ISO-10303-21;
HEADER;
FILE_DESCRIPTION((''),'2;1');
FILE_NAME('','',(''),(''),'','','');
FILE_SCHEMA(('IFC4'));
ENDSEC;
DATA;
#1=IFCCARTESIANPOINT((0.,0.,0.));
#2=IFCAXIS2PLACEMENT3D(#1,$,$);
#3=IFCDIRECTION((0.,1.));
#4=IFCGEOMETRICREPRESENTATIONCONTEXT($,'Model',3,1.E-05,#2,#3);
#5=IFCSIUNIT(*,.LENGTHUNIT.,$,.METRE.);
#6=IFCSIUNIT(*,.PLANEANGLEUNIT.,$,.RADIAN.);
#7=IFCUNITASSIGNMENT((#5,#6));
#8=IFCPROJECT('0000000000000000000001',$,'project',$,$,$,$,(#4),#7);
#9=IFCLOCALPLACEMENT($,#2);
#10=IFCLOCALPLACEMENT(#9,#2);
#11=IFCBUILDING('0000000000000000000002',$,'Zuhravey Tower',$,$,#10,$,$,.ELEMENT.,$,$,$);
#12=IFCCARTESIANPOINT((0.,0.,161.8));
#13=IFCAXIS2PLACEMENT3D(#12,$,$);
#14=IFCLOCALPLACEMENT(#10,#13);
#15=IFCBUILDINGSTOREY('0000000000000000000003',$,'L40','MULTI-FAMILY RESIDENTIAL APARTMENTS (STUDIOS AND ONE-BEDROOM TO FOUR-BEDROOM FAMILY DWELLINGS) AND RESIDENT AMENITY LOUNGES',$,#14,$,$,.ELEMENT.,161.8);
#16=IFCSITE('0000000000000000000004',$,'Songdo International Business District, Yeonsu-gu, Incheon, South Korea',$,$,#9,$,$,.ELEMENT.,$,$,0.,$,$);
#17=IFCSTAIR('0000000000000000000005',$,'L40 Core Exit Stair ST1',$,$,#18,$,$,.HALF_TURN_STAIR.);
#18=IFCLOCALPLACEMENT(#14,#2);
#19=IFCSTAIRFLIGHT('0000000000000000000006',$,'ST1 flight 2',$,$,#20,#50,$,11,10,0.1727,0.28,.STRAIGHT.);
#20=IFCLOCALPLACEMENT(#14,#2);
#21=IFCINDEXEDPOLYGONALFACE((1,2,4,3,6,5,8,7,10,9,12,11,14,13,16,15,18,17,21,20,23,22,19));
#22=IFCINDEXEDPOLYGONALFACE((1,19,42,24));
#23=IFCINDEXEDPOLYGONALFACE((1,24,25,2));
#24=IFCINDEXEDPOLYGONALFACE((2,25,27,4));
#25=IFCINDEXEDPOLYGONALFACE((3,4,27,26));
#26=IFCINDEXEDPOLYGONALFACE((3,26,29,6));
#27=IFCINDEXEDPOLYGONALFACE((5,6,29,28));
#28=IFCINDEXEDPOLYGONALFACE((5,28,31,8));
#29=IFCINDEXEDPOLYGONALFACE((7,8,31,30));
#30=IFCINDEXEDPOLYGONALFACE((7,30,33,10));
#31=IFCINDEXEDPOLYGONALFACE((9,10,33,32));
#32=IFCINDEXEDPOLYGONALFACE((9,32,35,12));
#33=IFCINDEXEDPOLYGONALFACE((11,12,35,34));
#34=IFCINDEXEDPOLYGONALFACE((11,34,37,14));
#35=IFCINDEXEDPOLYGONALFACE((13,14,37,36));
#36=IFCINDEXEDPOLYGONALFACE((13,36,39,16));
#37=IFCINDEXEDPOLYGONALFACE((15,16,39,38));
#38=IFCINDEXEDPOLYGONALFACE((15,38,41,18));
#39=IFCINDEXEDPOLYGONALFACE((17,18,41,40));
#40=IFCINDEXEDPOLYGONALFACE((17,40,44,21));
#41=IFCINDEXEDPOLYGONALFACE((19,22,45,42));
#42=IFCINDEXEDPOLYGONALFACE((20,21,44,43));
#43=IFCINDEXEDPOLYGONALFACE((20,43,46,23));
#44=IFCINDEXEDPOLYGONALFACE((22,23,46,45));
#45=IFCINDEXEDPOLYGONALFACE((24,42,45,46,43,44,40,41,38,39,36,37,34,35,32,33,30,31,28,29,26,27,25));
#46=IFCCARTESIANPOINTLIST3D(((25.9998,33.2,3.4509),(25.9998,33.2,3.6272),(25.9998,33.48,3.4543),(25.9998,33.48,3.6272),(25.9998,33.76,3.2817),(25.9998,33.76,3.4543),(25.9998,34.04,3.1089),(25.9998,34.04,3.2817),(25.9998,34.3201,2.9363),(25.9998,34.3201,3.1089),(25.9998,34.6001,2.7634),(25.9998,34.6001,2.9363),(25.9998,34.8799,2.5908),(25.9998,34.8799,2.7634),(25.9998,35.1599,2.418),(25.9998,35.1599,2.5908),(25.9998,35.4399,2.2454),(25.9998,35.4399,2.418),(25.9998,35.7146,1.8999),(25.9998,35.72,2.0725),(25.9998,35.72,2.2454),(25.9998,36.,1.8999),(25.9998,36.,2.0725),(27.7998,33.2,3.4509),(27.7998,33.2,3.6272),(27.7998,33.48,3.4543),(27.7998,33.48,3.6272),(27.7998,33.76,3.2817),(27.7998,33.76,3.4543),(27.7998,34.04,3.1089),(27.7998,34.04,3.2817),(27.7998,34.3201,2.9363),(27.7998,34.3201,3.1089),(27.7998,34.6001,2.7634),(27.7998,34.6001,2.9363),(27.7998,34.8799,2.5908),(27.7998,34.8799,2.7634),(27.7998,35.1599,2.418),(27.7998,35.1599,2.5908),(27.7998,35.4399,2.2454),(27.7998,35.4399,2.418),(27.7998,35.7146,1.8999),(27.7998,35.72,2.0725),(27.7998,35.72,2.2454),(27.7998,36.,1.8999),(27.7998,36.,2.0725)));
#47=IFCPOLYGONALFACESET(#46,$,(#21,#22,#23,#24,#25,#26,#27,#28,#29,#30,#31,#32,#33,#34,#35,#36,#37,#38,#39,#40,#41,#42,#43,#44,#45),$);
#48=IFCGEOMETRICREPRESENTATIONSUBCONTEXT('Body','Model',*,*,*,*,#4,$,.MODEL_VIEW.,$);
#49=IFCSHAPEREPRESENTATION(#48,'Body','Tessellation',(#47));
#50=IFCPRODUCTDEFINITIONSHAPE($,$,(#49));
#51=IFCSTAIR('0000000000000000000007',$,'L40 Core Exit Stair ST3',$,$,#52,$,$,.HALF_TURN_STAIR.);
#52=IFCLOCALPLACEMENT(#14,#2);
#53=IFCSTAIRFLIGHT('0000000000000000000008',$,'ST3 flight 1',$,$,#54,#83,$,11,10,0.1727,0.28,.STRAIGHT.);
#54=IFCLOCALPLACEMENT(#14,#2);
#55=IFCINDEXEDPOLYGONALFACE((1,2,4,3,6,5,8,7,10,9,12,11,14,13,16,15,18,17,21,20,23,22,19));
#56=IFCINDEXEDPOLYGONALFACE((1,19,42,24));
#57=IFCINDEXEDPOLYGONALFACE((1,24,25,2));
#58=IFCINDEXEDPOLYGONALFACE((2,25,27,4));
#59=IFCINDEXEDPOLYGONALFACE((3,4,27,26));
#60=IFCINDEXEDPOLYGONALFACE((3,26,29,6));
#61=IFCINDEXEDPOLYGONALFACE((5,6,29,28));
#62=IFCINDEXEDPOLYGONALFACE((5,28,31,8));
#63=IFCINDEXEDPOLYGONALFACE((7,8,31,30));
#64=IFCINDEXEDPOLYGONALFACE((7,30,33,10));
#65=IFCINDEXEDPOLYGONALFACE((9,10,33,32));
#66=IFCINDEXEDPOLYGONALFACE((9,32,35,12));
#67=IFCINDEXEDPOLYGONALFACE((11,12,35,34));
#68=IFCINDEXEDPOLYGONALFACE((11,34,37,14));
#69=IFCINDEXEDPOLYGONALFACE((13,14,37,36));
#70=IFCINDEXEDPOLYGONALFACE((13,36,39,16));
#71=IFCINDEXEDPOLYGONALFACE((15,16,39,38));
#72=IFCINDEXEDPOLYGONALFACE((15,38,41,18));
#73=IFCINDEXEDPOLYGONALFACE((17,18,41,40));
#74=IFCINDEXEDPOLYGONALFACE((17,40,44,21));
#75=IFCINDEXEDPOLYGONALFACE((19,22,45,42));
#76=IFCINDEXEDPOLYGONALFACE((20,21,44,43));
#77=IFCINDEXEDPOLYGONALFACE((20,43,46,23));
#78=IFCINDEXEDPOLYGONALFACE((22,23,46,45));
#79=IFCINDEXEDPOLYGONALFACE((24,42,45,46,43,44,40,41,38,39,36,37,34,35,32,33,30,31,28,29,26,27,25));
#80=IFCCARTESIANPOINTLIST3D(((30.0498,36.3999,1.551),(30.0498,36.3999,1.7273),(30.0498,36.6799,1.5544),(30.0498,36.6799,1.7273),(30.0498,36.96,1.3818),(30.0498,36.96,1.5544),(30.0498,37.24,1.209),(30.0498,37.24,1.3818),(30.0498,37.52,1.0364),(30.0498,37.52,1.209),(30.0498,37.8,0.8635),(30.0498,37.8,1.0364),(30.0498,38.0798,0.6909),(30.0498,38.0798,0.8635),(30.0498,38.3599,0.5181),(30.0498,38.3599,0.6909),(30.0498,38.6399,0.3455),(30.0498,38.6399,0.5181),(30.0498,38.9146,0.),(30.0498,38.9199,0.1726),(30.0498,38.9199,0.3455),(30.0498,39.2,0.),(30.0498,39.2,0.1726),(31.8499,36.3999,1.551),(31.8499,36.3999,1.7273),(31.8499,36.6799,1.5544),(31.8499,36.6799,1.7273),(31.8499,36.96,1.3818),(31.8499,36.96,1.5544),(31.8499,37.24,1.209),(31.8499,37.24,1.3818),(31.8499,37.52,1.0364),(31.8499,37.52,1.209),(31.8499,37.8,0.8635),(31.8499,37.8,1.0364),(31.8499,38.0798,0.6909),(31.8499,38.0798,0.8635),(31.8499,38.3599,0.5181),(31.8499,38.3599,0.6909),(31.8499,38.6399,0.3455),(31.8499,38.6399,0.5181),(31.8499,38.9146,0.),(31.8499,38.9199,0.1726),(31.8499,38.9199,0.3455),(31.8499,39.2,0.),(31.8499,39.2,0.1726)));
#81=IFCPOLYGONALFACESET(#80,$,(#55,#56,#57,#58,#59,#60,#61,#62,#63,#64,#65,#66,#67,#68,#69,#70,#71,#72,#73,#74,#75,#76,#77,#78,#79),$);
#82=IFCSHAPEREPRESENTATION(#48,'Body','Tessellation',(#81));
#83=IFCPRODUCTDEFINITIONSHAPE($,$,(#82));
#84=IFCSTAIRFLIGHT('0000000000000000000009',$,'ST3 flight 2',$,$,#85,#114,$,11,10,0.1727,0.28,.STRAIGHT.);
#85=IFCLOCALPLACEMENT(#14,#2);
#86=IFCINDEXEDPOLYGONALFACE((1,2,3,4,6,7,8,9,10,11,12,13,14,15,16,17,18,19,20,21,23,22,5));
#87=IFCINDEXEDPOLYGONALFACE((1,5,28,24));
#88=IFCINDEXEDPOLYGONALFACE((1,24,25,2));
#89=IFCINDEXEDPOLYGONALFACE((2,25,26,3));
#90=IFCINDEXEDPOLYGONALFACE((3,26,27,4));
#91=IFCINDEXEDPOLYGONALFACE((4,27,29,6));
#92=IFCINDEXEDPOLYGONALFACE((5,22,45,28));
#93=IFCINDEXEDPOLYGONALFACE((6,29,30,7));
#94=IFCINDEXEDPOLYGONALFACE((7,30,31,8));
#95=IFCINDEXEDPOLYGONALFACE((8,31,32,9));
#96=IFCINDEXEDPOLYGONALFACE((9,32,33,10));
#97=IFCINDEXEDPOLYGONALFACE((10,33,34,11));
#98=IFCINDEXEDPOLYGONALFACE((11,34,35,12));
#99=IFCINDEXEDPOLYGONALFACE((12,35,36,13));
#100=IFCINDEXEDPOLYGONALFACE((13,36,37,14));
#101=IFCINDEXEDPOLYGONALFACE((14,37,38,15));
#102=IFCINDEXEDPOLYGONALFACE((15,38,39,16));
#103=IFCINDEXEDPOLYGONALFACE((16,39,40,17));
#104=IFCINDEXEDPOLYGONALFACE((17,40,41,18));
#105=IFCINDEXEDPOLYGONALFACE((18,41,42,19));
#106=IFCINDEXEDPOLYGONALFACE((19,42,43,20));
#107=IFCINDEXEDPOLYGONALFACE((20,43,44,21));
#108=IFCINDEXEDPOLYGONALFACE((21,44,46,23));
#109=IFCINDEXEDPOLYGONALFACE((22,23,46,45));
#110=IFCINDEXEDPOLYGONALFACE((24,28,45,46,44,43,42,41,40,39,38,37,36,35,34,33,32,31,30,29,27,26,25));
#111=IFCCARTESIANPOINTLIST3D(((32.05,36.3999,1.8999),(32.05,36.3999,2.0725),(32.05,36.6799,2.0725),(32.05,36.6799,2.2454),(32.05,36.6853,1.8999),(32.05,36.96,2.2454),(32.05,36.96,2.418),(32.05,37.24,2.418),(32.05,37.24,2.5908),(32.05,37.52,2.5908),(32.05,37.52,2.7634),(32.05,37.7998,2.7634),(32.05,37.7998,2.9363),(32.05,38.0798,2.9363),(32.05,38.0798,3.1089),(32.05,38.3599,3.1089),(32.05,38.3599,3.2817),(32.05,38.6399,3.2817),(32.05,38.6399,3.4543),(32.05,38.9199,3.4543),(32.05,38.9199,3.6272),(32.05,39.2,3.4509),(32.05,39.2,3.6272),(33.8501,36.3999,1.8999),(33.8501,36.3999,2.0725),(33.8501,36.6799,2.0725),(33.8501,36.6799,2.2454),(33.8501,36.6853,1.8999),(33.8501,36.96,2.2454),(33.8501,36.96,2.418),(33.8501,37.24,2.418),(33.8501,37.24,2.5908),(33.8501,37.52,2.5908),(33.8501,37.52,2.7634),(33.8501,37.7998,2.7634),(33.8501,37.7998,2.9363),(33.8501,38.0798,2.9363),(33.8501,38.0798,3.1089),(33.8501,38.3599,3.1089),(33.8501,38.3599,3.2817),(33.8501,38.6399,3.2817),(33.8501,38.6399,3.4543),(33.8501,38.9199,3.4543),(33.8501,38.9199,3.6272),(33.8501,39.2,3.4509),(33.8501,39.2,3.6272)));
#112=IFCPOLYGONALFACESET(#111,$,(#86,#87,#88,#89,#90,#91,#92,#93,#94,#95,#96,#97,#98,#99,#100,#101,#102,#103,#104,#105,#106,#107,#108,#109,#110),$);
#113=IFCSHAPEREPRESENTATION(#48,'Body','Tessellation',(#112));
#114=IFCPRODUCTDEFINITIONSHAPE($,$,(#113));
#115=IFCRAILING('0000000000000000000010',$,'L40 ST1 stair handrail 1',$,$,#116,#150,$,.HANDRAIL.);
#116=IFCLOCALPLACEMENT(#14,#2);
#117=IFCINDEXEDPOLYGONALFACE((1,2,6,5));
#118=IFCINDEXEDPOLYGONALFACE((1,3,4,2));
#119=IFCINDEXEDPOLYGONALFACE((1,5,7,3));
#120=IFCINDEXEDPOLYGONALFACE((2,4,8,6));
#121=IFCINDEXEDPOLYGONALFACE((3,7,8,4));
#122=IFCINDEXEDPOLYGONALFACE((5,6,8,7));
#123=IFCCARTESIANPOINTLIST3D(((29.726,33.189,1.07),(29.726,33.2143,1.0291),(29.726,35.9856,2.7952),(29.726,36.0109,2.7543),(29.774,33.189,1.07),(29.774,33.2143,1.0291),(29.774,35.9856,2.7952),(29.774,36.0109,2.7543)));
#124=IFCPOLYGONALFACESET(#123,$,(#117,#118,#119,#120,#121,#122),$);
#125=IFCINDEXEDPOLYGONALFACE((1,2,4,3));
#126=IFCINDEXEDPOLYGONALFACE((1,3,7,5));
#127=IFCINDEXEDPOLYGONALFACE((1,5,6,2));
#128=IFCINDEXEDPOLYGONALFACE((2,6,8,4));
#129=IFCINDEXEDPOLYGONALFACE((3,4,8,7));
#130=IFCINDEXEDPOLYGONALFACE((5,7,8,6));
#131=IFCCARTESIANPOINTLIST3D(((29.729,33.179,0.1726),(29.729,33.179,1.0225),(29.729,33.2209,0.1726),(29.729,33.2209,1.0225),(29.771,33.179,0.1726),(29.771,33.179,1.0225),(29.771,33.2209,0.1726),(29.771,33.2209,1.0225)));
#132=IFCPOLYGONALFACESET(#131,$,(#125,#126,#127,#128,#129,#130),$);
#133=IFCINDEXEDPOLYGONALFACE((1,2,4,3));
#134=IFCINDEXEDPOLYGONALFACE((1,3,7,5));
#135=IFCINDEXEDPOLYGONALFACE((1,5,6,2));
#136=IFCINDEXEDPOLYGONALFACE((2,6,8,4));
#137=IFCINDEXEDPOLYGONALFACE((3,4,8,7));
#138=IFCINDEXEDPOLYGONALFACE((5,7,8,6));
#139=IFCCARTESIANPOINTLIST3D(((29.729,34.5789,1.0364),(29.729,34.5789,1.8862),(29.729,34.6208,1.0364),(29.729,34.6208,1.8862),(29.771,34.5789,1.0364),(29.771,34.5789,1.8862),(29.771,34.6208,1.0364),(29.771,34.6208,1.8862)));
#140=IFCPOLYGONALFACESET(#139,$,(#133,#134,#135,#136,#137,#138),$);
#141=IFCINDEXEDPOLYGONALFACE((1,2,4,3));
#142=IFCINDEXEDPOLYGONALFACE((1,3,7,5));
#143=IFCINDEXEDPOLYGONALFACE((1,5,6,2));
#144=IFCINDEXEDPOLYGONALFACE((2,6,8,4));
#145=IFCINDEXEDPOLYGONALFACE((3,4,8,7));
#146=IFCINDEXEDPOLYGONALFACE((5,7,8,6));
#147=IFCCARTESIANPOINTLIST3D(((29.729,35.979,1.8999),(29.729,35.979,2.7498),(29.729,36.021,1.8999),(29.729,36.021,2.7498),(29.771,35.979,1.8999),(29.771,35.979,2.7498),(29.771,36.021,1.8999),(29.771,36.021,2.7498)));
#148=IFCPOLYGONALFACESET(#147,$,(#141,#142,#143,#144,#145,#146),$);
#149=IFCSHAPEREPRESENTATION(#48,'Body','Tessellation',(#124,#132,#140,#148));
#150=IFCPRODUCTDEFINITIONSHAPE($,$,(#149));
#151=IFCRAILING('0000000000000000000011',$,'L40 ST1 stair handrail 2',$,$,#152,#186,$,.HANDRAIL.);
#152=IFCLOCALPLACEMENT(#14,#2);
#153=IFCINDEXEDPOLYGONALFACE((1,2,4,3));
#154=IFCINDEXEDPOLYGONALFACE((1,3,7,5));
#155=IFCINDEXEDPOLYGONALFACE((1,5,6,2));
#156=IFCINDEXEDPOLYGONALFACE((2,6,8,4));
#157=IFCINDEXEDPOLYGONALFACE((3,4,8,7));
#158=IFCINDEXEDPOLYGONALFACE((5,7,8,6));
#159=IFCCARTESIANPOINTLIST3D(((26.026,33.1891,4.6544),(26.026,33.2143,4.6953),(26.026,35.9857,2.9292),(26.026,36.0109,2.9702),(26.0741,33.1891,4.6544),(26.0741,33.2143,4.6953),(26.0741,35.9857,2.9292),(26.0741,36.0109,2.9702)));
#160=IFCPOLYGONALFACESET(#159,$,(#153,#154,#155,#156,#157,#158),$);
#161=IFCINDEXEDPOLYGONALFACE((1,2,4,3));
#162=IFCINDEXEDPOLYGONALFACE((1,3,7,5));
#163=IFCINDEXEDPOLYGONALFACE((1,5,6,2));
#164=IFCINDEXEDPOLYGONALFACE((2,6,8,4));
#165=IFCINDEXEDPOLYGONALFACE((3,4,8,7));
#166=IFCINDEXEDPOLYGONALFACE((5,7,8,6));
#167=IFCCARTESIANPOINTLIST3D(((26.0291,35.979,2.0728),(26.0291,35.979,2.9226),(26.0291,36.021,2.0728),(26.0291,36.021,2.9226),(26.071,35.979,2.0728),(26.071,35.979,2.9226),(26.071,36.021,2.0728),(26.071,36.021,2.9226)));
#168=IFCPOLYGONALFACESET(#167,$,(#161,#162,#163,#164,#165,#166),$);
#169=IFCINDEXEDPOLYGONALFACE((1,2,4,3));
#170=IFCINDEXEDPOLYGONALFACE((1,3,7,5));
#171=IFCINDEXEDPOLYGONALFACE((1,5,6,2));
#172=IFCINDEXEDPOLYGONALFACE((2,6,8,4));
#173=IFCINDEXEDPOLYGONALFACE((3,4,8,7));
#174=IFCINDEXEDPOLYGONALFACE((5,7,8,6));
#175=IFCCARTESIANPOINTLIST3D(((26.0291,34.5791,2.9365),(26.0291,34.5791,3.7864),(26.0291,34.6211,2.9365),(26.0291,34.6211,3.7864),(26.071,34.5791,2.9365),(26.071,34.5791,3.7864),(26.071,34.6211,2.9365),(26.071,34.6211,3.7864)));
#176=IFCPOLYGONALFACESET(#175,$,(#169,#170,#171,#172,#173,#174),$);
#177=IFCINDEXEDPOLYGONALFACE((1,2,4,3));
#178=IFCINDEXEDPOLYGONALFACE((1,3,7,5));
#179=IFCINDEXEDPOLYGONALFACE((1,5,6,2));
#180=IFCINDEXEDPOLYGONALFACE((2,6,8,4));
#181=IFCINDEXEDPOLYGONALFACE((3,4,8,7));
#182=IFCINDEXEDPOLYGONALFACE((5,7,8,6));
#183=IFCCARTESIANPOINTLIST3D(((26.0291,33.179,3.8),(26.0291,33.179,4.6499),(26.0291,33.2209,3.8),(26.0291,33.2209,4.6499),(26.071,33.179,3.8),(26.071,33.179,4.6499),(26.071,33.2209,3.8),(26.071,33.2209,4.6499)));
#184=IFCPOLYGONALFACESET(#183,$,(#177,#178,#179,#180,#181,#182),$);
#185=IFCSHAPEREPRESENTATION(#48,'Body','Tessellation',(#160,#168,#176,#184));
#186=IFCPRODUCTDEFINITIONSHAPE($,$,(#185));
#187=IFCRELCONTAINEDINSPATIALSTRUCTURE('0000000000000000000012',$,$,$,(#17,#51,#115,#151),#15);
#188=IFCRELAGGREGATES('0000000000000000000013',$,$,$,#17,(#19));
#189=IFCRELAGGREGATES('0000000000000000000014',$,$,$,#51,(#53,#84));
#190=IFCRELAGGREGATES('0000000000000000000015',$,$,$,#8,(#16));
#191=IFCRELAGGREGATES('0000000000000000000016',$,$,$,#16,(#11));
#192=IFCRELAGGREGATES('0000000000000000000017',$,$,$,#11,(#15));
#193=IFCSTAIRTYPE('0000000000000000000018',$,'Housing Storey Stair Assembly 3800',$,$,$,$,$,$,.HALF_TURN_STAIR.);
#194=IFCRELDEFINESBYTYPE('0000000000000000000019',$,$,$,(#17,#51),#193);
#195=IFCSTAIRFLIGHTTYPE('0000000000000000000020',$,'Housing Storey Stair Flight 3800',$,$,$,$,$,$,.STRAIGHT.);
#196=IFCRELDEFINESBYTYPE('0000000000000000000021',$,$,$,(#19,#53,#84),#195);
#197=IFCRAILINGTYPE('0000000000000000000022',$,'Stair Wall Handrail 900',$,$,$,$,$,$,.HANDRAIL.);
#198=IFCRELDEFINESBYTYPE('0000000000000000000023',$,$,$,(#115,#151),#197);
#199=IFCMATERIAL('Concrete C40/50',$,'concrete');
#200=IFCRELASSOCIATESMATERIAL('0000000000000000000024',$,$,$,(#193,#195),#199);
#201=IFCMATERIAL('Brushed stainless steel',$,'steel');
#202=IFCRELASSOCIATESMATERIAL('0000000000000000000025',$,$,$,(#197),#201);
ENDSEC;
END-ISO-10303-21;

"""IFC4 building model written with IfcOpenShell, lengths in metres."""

from ifc_helpers import new_model, si_unit, direction, frame, origin, origin_2d, place, context, subcontext, project, spatial, polyline, rectangle, outline, extrude, material, type_object, element, aggregate, save


model = new_model("IFC4")

# Units and contexts
model_context = context("Model", 3, precision=1e-05, world=origin(), true_north=direction((0.0, 1.0)))
body_context = subcontext(model_context, "Body", "Model", "MODEL_VIEW")
ifc_project = project(units=[si_unit("LENGTHUNIT", "METRE"), si_unit("PLANEANGLEUNIT", "RADIAN")], contexts=[model_context])

# Site, building, storey
site_placement = place(None, origin())
site = spatial("IfcSite", under=ifc_project, at=site_placement, Name="Songdo International Business District, Yeonsu-gu, Incheon, South Korea", CompositionType="ELEMENT", RefElevation=0.0)
building_placement = place(site_placement, origin())
building = spatial("IfcBuilding", under=site, at=building_placement, Name="Zuhravey Tower", CompositionType="ELEMENT")
storey_placement = place(building_placement, frame((0.0, 0.0, 161.8)))
storey = spatial("IfcBuildingStorey", under=building, at=storey_placement, Name="L40", Description="MULTI-FAMILY RESIDENTIAL APARTMENTS (STUDIOS AND ONE-BEDROOM TO FOUR-BEDROOM FAMILY DWELLINGS) AND RESIDENT AMENITY LOUNGES", CompositionType="ELEMENT", Elevation=161.8)

# Stairs, stair flights
ifc_material_1 = material(Name="Concrete C40/50", Category="concrete")
stair_type = type_object("IfcStairType", Name="Housing Storey Stair Assembly 3800", PredefinedType="HALF_TURN_STAIR", material=ifc_material_1)
stair_1_placement = place(storey_placement, origin())
stair_1 = element("IfcStair", 1, at=stair_1_placement, inside=storey, type_object=stair_type, Name="L40 Core Exit Stair ST1", PredefinedType="HALF_TURN_STAIR")
stair_flight_type = type_object("IfcStairFlightType", Name="Housing Storey Stair Flight 3800", PredefinedType="STRAIGHT", material=ifc_material_1)
stair_flight_1_placement = place(storey_placement, frame((26.8999, 36.0, 1.8999), z_axis=(0.0, 0.0, 1.0), x_axis=(0.0, -1.0, 0.0)))
stair_flight_1 = element("IfcStairFlight", 2, at=stair_flight_1_placement, type_object=stair_flight_type, Name="ST1 flight 2", NumberOfRisers=11, NumberOfTreads=10, PredefinedType="STRAIGHT", RiserHeight=0.1727, TreadLength=0.28, context=body_context, shape_type="SweptSolid", body=[
    extrude(outline(polyline([(0.0, 0.0), (0.0, 0.1726), (0.28, 0.1726), (0.28, 0.3455), (0.5601, 0.3455), (0.5601, 0.5181), (0.8401, 0.5181), (0.8401, 0.6909), (1.1201, 0.6909), (1.1201, 0.8635), (1.3999, 0.8635), (1.3999, 1.0364), (1.6799, 1.0364), (1.6799, 1.209), (1.96, 1.209), (1.96, 1.3818), (2.24, 1.3818), (2.24, 1.5544), (2.52, 1.5544), (2.52, 1.7273), (2.8, 1.7273), (2.8, 1.8999), (2.8, 1.551), (0.2854, 0.0), (0.0, 0.0)])), frame((0.0, 0.8999, 0.0), z_axis=(0.0, -1.0, 0.0), x_axis=(1.0, 0.0, 0.0)), (0.0, 0.0, 1.0), 1.8),
])
aggregate(stair_1, [stair_flight_1])
stair_2_placement = place(storey_placement, origin())
stair_2 = element("IfcStair", 3, at=stair_2_placement, inside=storey, type_object=stair_type, Name="L40 Core Exit Stair ST3", PredefinedType="HALF_TURN_STAIR")
stair_flight_2_placement = place(storey_placement, frame((30.95, 39.2, 0.0), z_axis=(0.0, 0.0, 1.0), x_axis=(0.0, -1.0, 0.0)))
stair_flight_2 = element("IfcStairFlight", 4, at=stair_flight_2_placement, type_object=stair_flight_type, Name="ST3 flight 1", NumberOfRisers=11, NumberOfTreads=10, PredefinedType="STRAIGHT", RiserHeight=0.1727, TreadLength=0.28, context=body_context, shape_type="SweptSolid", body=[
    extrude(outline(polyline([(0.0, 0.0), (0.0, 0.1726), (0.28, 0.1726), (0.28, 0.3455), (0.5601, 0.3455), (0.5601, 0.5181), (0.8401, 0.5181), (0.8401, 0.6909), (1.1201, 0.6909), (1.1201, 0.8635), (1.3999, 0.8635), (1.3999, 1.0364), (1.6799, 1.0364), (1.6799, 1.209), (1.96, 1.209), (1.96, 1.3818), (2.24, 1.3818), (2.24, 1.5544), (2.52, 1.5544), (2.52, 1.7273), (2.8, 1.7273), (2.8, 1.8999), (2.8, 1.551), (0.2854, 0.0), (0.0, 0.0)])), frame((0.0, 0.8999, 0.0), z_axis=(0.0, -1.0, 0.0), x_axis=(1.0, 0.0, 0.0)), (0.0, 0.0, 1.0), 1.8),
])
stair_flight_3_placement = place(storey_placement, frame((32.95, 36.3999, 1.8999), z_axis=(0.0, 0.0, 1.0), x_axis=(0.0, 1.0, 0.0)))
stair_flight_3 = element("IfcStairFlight", 5, at=stair_flight_3_placement, type_object=stair_flight_type, Name="ST3 flight 2", NumberOfRisers=11, NumberOfTreads=10, PredefinedType="STRAIGHT", RiserHeight=0.1727, TreadLength=0.28, context=body_context, shape_type="SweptSolid", body=[
    extrude(outline(polyline([(0.0, 0.0), (0.0, 0.1726), (0.28, 0.1726), (0.28, 0.3455), (0.5601, 0.3455), (0.5601, 0.5181), (0.8401, 0.5181), (0.8401, 0.6909), (1.1201, 0.6909), (1.1201, 0.8635), (1.3999, 0.8635), (1.3999, 1.0364), (1.6799, 1.0364), (1.6799, 1.209), (1.96, 1.209), (1.96, 1.3818), (2.24, 1.3818), (2.24, 1.5544), (2.52, 1.5544), (2.52, 1.7273), (2.8, 1.7273), (2.8, 1.8999), (2.8, 1.551), (0.2854, 0.0), (0.0, 0.0)])), frame((0.0, 0.8999, 0.0), z_axis=(0.0, -1.0, 0.0), x_axis=(1.0, 0.0, 0.0)), (0.0, 0.0, 1.0), 1.8),
])
aggregate(stair_2, [stair_flight_2, stair_flight_3])

# Railings
ifc_material_2 = material(Name="Brushed stainless steel", Category="steel")
railing_type_1 = type_object("IfcRailingType", Name="Stair Wall Handrail 900", PredefinedType="HANDRAIL", material=ifc_material_2)
railing_1_placement = place(storey_placement, frame((29.75, 33.2, 0.1726)))
element("IfcRailing", 6, at=railing_1_placement, inside=storey, type_object=railing_type_1, Name="L40 ST1 stair handrail 1", PredefinedType="HANDRAIL", context=body_context, shape_type="SweptSolid", body=[
    extrude(rectangle(XDim=0.0481, YDim=0.0481, at=origin_2d()), frame((0.0, 0.0017, 0.877), z_axis=(0.0, 0.85109, 0.52502), x_axis=(-1.0, 0.0, 0.0)), (0.0, 0.0, 1.0), 3.2859),
    extrude(rectangle(XDim=0.042, YDim=0.042, at=origin_2d()), origin(), (0.0, 0.0, 1.0), 0.8499),
    extrude(rectangle(XDim=0.042, YDim=0.042, at=origin_2d()), frame((0.0, 1.3999, 0.8638)), (0.0, 0.0, 1.0), 0.8499),
    extrude(rectangle(XDim=0.042, YDim=0.042, at=origin_2d()), frame((0.0, 2.8, 1.7273)), (0.0, 0.0, 1.0), 0.8499),
])
for number, where, name in (
    (7, (26.05, 36.0, 2.0728), "L40 ST1 stair handrail 2"),
):
    element("IfcRailing", number, at=place(storey_placement, frame(where)), inside=storey, type_object=railing_type_1, Name=name, PredefinedType="HANDRAIL", context=body_context, shape_type="SweptSolid", body=[
        extrude(rectangle(XDim=0.0481, YDim=0.0481, at=origin_2d()), frame((0.0, -0.0017, 0.877), z_axis=(0.0, -0.85109, 0.52502), x_axis=(1.0, 0.0, 0.0)), (0.0, 0.0, 1.0), 3.2859),
        extrude(rectangle(XDim=0.042, YDim=0.042, at=origin_2d()), origin(), (0.0, 0.0, 1.0), 0.8499),
        extrude(rectangle(XDim=0.042, YDim=0.042, at=origin_2d()), frame((0.0, -1.3999, 0.8638)), (0.0, 0.0, 1.0), 0.8499),
        extrude(rectangle(XDim=0.042, YDim=0.042, at=origin_2d()), frame((0.0, -2.8, 1.7273)), (0.0, 0.0, 1.0), 0.8499),
    ])

save(model, "model.ifc")
